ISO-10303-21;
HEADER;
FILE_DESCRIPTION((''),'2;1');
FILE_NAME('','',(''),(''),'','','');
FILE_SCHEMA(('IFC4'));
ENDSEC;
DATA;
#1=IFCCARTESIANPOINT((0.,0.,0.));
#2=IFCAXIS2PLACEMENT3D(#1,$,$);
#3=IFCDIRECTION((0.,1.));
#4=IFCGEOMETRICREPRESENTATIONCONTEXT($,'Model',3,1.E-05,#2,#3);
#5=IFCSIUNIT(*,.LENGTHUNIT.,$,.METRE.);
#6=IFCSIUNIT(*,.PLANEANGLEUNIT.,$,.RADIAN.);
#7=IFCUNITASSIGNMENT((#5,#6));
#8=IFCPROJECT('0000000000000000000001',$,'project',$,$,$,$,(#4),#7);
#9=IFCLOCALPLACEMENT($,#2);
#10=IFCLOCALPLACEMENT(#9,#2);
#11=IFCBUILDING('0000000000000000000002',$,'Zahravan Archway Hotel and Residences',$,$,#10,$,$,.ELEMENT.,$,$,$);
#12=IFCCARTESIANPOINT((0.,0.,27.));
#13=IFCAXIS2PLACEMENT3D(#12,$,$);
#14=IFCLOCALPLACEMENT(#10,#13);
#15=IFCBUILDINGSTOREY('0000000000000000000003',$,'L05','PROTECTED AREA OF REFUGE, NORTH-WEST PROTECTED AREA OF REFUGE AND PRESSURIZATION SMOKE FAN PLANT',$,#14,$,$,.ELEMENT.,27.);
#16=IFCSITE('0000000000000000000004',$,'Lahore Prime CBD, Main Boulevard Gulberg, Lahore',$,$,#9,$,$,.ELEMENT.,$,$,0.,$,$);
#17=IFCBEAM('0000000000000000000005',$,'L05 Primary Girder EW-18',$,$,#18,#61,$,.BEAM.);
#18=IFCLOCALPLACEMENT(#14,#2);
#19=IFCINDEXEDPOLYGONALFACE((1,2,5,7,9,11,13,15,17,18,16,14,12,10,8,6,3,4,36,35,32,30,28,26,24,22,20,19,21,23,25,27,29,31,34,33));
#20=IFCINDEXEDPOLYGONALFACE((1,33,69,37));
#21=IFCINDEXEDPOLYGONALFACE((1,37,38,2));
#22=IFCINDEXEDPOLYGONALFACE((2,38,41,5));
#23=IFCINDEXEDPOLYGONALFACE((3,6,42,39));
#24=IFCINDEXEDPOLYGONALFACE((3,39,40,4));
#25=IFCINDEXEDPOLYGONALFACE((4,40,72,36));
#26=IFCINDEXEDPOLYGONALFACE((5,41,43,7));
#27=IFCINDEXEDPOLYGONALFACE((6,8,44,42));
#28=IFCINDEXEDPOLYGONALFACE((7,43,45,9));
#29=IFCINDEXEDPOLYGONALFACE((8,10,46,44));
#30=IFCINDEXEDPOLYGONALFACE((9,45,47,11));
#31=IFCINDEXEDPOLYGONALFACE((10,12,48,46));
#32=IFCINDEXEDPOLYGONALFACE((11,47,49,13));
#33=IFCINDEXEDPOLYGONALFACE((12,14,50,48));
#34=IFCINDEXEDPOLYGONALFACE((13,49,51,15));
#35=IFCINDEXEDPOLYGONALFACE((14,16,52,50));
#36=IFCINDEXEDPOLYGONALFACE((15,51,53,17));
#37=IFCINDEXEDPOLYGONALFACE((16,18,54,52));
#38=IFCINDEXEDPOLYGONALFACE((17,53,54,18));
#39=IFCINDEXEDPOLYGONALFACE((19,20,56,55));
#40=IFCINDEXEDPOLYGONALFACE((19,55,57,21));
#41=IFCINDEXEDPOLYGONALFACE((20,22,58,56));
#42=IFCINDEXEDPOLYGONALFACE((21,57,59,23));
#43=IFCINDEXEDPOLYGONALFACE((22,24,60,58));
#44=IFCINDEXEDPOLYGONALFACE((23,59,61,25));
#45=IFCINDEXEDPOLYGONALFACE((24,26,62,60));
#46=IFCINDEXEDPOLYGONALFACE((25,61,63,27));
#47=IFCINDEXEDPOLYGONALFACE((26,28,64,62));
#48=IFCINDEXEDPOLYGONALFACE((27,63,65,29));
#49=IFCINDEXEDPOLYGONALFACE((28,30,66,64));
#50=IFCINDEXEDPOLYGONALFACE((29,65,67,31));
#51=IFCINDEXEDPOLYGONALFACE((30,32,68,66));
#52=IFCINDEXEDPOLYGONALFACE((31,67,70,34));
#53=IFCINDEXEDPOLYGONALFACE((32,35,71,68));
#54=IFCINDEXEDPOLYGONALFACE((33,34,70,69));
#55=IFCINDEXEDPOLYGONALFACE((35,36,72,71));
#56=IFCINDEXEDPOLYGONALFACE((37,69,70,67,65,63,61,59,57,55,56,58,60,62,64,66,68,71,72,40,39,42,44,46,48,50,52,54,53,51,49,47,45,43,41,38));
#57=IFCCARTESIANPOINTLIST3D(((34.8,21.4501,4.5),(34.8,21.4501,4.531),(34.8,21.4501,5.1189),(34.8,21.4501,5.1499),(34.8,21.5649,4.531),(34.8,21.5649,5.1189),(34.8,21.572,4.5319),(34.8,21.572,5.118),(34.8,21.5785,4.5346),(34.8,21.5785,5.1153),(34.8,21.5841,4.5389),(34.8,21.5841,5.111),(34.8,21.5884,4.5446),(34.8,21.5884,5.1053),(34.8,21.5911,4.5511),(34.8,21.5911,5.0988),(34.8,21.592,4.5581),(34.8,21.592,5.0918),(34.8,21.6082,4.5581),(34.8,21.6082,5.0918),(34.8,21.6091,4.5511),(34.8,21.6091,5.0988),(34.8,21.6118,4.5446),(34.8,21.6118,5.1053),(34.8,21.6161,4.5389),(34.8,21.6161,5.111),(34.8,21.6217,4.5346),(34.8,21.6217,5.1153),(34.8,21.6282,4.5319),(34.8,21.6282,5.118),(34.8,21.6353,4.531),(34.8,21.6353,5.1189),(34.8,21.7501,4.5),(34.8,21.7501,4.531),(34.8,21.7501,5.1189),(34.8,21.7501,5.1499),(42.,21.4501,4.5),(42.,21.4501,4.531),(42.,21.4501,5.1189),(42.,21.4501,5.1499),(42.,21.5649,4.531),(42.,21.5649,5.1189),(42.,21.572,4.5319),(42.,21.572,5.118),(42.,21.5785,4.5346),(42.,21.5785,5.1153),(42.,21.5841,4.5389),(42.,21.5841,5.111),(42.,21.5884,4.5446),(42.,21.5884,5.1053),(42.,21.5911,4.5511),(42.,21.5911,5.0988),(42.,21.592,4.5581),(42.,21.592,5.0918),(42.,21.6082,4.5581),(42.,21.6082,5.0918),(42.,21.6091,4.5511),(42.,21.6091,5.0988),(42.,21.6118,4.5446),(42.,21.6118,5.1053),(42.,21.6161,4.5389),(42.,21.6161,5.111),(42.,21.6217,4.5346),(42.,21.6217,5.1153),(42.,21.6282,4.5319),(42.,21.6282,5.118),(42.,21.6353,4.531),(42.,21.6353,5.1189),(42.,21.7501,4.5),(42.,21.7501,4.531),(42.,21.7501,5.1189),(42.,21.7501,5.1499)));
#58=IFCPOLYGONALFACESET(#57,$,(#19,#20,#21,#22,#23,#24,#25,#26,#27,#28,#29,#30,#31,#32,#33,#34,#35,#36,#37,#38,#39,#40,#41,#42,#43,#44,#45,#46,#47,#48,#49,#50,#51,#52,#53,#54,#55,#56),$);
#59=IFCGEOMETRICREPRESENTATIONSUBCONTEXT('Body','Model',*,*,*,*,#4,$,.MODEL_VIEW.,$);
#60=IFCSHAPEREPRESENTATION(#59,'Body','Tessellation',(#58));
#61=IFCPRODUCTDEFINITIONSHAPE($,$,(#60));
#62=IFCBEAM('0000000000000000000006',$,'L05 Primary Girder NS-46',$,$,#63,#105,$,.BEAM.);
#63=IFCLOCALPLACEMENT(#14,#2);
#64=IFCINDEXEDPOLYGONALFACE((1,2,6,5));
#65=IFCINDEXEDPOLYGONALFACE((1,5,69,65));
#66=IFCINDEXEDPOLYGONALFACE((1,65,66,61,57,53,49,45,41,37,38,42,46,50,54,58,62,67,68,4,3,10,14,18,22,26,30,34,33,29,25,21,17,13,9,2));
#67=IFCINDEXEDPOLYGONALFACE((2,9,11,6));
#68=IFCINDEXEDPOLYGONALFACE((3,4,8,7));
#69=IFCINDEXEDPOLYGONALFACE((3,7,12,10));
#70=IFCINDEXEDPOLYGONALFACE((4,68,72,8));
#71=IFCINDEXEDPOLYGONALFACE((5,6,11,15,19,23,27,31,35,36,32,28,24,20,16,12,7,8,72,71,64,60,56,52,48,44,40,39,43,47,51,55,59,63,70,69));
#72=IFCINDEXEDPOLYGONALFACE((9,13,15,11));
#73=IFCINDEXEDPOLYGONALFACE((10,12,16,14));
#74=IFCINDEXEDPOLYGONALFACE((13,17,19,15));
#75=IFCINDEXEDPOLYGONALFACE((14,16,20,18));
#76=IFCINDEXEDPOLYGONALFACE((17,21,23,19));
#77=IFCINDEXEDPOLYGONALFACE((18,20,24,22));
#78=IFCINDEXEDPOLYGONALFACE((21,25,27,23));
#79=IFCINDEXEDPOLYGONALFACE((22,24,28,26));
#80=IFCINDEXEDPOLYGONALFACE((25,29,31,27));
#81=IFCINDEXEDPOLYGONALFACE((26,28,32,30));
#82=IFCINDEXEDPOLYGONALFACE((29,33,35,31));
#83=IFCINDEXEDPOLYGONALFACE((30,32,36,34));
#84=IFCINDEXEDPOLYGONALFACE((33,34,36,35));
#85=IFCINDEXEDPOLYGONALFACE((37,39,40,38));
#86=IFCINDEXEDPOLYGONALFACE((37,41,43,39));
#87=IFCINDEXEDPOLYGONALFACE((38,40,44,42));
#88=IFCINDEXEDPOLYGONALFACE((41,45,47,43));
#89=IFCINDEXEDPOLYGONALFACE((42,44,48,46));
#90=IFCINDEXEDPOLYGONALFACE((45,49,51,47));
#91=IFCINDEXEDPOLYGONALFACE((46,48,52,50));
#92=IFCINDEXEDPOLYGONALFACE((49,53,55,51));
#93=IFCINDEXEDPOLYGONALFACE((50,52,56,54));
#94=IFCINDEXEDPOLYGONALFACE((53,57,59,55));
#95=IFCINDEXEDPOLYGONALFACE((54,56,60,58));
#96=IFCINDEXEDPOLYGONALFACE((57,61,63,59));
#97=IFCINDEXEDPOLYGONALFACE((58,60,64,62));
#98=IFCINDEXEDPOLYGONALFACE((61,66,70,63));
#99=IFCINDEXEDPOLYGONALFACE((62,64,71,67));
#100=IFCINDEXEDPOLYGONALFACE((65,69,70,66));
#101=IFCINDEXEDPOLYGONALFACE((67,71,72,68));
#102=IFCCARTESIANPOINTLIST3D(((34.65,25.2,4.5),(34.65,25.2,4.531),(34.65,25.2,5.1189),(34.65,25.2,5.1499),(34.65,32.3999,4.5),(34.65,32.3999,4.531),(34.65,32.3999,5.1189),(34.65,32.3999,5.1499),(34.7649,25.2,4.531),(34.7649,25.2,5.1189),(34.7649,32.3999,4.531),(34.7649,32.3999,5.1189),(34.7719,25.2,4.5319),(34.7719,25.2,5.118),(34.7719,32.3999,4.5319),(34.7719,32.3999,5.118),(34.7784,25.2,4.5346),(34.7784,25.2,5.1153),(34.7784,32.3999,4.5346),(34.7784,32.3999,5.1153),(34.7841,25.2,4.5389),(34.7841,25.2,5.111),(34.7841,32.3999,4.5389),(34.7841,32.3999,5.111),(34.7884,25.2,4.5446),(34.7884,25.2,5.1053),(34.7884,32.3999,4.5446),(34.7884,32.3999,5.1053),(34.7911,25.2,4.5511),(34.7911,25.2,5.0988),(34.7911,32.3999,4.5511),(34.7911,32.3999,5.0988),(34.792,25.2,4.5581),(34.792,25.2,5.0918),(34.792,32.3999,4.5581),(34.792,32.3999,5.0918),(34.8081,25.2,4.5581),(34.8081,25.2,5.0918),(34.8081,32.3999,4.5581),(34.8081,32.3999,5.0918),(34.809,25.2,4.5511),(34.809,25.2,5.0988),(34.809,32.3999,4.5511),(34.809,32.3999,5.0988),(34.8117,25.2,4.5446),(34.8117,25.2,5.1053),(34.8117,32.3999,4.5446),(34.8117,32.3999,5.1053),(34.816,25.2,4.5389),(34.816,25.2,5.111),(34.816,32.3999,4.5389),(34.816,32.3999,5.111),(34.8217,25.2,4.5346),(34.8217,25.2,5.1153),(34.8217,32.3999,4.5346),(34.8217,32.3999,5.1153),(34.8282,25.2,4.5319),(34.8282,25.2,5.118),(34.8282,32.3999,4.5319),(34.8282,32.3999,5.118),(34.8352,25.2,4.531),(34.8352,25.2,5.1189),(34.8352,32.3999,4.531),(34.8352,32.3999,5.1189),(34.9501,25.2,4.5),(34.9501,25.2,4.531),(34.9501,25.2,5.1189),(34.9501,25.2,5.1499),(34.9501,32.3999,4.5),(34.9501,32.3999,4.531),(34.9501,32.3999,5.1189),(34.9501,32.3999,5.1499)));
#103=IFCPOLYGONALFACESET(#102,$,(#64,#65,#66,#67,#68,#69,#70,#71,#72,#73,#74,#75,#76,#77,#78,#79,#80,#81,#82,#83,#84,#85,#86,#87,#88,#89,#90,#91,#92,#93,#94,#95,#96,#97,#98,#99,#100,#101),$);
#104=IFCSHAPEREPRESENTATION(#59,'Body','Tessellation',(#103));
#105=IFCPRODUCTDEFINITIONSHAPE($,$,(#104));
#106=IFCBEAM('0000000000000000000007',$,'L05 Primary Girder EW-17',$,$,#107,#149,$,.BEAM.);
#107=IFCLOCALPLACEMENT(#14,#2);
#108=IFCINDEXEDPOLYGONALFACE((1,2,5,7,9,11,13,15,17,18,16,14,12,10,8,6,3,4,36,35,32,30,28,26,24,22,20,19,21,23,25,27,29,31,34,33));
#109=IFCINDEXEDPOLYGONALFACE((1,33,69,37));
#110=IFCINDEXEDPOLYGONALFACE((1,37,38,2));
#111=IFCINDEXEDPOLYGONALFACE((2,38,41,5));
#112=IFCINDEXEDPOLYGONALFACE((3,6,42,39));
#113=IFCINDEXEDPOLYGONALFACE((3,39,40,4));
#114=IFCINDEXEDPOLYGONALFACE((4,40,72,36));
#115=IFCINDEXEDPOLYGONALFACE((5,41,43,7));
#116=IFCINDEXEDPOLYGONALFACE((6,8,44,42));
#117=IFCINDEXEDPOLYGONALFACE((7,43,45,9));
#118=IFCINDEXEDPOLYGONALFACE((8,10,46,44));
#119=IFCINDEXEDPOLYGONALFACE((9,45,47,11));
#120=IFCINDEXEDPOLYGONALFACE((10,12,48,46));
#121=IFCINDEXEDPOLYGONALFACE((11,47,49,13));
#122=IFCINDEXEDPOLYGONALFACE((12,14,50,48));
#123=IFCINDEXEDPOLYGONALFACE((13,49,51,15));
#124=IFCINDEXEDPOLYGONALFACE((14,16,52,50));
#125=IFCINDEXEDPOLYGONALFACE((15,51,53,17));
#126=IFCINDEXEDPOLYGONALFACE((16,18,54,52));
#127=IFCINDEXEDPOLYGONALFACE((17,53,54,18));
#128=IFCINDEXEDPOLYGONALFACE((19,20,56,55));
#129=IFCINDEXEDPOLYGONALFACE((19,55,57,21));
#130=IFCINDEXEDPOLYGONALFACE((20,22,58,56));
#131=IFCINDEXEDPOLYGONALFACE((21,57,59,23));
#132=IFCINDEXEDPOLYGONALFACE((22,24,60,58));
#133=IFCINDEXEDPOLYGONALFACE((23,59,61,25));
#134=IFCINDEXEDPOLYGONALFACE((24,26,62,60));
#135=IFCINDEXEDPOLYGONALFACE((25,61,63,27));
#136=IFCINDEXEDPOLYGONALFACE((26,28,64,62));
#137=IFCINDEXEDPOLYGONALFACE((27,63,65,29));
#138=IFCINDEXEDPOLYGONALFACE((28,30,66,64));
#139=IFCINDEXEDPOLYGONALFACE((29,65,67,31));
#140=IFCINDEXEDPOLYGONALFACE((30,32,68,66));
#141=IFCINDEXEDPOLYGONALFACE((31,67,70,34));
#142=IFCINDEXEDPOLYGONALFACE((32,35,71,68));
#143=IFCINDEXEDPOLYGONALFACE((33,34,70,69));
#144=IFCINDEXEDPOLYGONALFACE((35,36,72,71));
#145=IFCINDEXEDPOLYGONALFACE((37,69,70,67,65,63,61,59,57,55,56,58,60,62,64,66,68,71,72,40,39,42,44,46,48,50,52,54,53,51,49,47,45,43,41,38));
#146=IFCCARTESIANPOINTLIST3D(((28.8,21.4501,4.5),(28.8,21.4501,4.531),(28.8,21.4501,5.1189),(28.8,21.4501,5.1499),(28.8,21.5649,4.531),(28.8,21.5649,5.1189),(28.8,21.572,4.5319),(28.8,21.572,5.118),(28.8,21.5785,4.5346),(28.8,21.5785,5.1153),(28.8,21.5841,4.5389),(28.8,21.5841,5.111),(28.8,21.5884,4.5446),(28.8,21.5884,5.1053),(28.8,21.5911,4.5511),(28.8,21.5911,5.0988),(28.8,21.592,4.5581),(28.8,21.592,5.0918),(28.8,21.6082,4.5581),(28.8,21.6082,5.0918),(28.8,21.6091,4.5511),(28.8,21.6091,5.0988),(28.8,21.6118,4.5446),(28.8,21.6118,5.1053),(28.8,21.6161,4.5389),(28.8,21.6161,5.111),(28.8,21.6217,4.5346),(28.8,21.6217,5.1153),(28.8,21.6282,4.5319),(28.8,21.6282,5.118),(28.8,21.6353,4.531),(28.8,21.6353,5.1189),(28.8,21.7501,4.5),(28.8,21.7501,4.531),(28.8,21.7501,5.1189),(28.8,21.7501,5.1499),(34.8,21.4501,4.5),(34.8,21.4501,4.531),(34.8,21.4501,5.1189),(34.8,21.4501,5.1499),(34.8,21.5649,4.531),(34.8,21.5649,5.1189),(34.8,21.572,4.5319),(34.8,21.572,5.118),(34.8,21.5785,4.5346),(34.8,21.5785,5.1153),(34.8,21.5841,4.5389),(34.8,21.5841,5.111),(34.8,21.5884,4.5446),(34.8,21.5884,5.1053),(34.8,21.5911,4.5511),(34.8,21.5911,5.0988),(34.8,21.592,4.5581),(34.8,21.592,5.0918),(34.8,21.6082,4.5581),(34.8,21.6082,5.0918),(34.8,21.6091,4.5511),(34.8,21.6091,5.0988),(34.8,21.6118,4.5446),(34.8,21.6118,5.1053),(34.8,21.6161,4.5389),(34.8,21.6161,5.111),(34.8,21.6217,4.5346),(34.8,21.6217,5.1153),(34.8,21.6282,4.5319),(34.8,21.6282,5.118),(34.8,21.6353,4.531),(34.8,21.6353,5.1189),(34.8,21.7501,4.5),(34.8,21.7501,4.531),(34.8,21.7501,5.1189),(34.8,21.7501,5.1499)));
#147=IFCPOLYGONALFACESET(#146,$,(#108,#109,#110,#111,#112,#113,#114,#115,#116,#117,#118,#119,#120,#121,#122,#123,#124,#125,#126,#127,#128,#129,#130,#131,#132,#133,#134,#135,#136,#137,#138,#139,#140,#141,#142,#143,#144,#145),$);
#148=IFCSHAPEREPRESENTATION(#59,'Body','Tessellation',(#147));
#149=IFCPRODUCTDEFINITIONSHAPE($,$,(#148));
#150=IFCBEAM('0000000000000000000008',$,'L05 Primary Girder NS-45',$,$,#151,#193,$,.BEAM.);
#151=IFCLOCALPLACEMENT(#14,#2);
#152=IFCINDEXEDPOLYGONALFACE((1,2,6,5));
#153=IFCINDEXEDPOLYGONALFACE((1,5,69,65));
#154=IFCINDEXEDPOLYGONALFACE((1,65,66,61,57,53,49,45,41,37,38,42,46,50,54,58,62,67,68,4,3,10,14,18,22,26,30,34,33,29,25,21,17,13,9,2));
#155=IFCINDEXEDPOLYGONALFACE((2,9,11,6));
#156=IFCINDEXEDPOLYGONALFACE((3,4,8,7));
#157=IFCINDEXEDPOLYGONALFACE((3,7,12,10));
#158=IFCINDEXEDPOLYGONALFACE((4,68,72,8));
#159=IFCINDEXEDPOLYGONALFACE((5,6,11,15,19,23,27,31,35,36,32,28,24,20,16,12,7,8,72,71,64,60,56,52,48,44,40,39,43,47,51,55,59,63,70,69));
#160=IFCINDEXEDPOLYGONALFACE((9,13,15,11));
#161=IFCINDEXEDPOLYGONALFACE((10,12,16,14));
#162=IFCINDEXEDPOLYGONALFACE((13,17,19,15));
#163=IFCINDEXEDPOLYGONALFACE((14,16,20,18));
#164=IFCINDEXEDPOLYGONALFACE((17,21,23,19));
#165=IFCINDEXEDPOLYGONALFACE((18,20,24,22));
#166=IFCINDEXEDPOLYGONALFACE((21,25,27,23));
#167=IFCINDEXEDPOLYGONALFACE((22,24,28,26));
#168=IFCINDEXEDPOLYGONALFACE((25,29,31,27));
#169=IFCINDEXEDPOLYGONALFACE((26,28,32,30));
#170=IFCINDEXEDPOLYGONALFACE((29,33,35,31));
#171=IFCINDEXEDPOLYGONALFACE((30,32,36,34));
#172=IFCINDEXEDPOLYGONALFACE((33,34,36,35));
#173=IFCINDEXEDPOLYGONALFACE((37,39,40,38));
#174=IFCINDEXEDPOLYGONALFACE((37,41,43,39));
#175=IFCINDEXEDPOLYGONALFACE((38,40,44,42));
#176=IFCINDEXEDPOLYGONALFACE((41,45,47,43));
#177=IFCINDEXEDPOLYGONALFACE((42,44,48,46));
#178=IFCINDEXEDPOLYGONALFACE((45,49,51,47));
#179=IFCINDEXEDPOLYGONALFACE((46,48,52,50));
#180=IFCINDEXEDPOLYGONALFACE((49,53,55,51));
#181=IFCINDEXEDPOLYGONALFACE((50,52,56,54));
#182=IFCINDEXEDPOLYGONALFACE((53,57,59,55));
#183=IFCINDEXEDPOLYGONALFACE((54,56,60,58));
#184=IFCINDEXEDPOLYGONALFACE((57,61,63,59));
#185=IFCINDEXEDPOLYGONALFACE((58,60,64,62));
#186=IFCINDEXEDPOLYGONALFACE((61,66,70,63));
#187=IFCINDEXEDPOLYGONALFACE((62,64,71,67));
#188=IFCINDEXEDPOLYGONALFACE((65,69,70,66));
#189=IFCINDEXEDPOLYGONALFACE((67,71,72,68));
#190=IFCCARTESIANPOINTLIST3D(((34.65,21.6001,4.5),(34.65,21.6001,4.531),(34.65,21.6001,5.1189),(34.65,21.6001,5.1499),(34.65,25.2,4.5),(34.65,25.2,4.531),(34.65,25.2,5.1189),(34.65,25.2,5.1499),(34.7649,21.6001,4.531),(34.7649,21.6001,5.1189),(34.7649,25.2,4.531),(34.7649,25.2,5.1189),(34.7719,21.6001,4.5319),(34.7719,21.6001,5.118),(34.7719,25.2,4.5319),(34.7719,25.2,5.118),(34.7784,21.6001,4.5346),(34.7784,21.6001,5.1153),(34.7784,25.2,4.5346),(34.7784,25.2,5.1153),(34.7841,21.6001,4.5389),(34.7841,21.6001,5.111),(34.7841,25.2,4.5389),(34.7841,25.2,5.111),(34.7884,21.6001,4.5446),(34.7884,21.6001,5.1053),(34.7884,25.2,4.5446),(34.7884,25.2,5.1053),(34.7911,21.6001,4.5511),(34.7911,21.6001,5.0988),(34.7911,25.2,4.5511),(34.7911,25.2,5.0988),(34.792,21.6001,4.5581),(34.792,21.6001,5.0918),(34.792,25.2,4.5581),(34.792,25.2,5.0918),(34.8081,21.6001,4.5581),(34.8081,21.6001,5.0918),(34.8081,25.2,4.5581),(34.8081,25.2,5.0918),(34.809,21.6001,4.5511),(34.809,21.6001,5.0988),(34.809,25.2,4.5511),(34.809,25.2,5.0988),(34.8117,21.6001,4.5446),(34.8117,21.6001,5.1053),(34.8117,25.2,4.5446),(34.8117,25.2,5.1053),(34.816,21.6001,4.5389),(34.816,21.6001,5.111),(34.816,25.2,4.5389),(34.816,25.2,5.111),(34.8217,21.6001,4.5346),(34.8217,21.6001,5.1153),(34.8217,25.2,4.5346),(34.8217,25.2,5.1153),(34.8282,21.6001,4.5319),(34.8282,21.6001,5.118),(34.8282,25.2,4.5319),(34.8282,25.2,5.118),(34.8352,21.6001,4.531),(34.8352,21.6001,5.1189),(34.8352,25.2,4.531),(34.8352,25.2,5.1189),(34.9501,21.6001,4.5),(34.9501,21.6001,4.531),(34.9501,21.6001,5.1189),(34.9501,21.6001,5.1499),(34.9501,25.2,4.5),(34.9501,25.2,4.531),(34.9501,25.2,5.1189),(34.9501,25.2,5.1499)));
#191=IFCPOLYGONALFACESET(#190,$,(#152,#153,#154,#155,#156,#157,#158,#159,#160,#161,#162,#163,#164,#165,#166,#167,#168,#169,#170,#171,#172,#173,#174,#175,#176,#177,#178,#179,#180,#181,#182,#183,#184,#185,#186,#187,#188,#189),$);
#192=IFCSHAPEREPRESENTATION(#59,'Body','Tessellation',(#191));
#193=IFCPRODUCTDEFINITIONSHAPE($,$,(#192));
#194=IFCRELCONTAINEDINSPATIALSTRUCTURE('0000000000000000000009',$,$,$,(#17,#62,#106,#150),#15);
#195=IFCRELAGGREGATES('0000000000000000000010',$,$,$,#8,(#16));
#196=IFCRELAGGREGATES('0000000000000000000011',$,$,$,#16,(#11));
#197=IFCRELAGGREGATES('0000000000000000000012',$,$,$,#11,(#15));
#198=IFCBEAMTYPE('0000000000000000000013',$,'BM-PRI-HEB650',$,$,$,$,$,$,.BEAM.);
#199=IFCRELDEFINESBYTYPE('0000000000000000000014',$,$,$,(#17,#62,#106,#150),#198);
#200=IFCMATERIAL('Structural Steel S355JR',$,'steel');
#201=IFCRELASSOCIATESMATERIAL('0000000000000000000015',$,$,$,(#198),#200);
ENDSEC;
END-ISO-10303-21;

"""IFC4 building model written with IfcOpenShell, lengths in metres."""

from ifc_helpers import new_model, si_unit, direction, frame, origin, origin_2d, place, context, subcontext, project, spatial, i_section, extrude, source, transform, mapped, material, material_profile, profile_set, type_object, element, save


model = new_model("IFC4")

# Units and contexts
model_context = context("Model", 3, precision=1e-05, world=origin(), true_north=direction((0.0, 1.0)))
body_context = subcontext(model_context, "Body", "Model", "MODEL_VIEW")
ifc_project = project(units=[si_unit("LENGTHUNIT", "METRE"), si_unit("PLANEANGLEUNIT", "RADIAN")], contexts=[model_context])

# Site, building, storey
site_placement = place(None, origin())
site = spatial("IfcSite", under=ifc_project, at=site_placement, Name="Lahore Prime CBD, Main Boulevard Gulberg, Lahore", CompositionType="ELEMENT", RefElevation=0.0)
building_placement = place(site_placement, origin())
building = spatial("IfcBuilding", under=site, at=building_placement, Name="Zahravan Archway Hotel and Residences", CompositionType="ELEMENT")
storey_placement = place(building_placement, frame((0.0, 0.0, 27.0)))
storey = spatial("IfcBuildingStorey", under=building, at=storey_placement, Name="L05", Description="PROTECTED AREA OF REFUGE, NORTH-WEST PROTECTED AREA OF REFUGE AND PRESSURIZATION SMOKE FAN PLANT", CompositionType="ELEMENT", Elevation=27.0)

# Beams
ifc_material_1 = material(Name="Structural Steel S355JR", Category="steel")
ifc_material_profile_1 = material_profile(ifc_material_1, i_section(OverallWidth=0.3, OverallDepth=0.6499, WebThickness=0.0161, FlangeThickness=0.031, FilletRadius=0.0271, at=origin_2d()), Name="HEB 650", Category="steel")
ifc_profile_set_1 = profile_set([ifc_material_profile_1], Name="Structural Steel S355JR")
beam_type_1 = type_object("IfcBeamType", Name="BM-PRI-HEB650", PredefinedType="BEAM", material=ifc_profile_set_1)
shared_shape_1 = source(origin(), body_context, "Body", "SweptSolid", [
    extrude(i_section(OverallWidth=0.3, OverallDepth=0.6499, WebThickness=0.0161, FlangeThickness=0.031, FilletRadius=0.0271, at=origin_2d()), origin(), (0.0, 0.0, 1.0), 7.2),
])
for number, where, z_axis, x_axis, name in (
    (1, (34.8, 21.6001, 4.825), (1.0, 0.0, 0.0), (0.0, 1.0, 0.0), "L05 Primary Girder EW-18"),
    (2, (34.8, 25.2, 4.825), (0.0, 1.0, 0.0), (-1.0, 0.0, 0.0), "L05 Primary Girder NS-46"),
):
    element("IfcBeam", number, at=place(storey_placement, frame(where, z_axis=z_axis, x_axis=x_axis)), inside=storey, type_object=beam_type_1, Name=name, PredefinedType="BEAM", context=body_context, shape_type="MappedRepresentation", body=[
        mapped(shared_shape_1, transform((0.0, 0.0, 0.0), scale=1.0)),
    ])
shared_shape_2 = source(origin(), body_context, "Body", "SweptSolid", [
    extrude(i_section(OverallWidth=0.3, OverallDepth=0.6499, WebThickness=0.0161, FlangeThickness=0.031, FilletRadius=0.0271, at=origin_2d()), origin(), (0.0, 0.0, 1.0), 6.0),
])
beam_1_placement = place(storey_placement, frame((28.8, 21.6001, 4.825), z_axis=(1.0, 0.0, 0.0), x_axis=(0.0, 1.0, 0.0)))
element("IfcBeam", 3, at=beam_1_placement, inside=storey, type_object=beam_type_1, Name="L05 Primary Girder EW-17", PredefinedType="BEAM", context=body_context, shape_type="MappedRepresentation", body=[
    mapped(shared_shape_2, transform((0.0, 0.0, 0.0), scale=1.0)),
])
shared_shape_3 = source(origin(), body_context, "Body", "SweptSolid", [
    extrude(i_section(OverallWidth=0.3, OverallDepth=0.6499, WebThickness=0.0161, FlangeThickness=0.031, FilletRadius=0.0271, at=origin_2d()), origin(), (0.0, 0.0, 1.0), 3.5999),
])
beam_2_placement = place(storey_placement, frame((34.8, 21.6001, 4.825), z_axis=(0.0, 1.0, 0.0), x_axis=(-1.0, 0.0, 0.0)))
element("IfcBeam", 4, at=beam_2_placement, inside=storey, type_object=beam_type_1, Name="L05 Primary Girder NS-45", PredefinedType="BEAM", context=body_context, shape_type="MappedRepresentation", body=[
    mapped(shared_shape_3, transform((0.0, 0.0, 0.0), scale=1.0)),
])

save(model, "model.ifc")
